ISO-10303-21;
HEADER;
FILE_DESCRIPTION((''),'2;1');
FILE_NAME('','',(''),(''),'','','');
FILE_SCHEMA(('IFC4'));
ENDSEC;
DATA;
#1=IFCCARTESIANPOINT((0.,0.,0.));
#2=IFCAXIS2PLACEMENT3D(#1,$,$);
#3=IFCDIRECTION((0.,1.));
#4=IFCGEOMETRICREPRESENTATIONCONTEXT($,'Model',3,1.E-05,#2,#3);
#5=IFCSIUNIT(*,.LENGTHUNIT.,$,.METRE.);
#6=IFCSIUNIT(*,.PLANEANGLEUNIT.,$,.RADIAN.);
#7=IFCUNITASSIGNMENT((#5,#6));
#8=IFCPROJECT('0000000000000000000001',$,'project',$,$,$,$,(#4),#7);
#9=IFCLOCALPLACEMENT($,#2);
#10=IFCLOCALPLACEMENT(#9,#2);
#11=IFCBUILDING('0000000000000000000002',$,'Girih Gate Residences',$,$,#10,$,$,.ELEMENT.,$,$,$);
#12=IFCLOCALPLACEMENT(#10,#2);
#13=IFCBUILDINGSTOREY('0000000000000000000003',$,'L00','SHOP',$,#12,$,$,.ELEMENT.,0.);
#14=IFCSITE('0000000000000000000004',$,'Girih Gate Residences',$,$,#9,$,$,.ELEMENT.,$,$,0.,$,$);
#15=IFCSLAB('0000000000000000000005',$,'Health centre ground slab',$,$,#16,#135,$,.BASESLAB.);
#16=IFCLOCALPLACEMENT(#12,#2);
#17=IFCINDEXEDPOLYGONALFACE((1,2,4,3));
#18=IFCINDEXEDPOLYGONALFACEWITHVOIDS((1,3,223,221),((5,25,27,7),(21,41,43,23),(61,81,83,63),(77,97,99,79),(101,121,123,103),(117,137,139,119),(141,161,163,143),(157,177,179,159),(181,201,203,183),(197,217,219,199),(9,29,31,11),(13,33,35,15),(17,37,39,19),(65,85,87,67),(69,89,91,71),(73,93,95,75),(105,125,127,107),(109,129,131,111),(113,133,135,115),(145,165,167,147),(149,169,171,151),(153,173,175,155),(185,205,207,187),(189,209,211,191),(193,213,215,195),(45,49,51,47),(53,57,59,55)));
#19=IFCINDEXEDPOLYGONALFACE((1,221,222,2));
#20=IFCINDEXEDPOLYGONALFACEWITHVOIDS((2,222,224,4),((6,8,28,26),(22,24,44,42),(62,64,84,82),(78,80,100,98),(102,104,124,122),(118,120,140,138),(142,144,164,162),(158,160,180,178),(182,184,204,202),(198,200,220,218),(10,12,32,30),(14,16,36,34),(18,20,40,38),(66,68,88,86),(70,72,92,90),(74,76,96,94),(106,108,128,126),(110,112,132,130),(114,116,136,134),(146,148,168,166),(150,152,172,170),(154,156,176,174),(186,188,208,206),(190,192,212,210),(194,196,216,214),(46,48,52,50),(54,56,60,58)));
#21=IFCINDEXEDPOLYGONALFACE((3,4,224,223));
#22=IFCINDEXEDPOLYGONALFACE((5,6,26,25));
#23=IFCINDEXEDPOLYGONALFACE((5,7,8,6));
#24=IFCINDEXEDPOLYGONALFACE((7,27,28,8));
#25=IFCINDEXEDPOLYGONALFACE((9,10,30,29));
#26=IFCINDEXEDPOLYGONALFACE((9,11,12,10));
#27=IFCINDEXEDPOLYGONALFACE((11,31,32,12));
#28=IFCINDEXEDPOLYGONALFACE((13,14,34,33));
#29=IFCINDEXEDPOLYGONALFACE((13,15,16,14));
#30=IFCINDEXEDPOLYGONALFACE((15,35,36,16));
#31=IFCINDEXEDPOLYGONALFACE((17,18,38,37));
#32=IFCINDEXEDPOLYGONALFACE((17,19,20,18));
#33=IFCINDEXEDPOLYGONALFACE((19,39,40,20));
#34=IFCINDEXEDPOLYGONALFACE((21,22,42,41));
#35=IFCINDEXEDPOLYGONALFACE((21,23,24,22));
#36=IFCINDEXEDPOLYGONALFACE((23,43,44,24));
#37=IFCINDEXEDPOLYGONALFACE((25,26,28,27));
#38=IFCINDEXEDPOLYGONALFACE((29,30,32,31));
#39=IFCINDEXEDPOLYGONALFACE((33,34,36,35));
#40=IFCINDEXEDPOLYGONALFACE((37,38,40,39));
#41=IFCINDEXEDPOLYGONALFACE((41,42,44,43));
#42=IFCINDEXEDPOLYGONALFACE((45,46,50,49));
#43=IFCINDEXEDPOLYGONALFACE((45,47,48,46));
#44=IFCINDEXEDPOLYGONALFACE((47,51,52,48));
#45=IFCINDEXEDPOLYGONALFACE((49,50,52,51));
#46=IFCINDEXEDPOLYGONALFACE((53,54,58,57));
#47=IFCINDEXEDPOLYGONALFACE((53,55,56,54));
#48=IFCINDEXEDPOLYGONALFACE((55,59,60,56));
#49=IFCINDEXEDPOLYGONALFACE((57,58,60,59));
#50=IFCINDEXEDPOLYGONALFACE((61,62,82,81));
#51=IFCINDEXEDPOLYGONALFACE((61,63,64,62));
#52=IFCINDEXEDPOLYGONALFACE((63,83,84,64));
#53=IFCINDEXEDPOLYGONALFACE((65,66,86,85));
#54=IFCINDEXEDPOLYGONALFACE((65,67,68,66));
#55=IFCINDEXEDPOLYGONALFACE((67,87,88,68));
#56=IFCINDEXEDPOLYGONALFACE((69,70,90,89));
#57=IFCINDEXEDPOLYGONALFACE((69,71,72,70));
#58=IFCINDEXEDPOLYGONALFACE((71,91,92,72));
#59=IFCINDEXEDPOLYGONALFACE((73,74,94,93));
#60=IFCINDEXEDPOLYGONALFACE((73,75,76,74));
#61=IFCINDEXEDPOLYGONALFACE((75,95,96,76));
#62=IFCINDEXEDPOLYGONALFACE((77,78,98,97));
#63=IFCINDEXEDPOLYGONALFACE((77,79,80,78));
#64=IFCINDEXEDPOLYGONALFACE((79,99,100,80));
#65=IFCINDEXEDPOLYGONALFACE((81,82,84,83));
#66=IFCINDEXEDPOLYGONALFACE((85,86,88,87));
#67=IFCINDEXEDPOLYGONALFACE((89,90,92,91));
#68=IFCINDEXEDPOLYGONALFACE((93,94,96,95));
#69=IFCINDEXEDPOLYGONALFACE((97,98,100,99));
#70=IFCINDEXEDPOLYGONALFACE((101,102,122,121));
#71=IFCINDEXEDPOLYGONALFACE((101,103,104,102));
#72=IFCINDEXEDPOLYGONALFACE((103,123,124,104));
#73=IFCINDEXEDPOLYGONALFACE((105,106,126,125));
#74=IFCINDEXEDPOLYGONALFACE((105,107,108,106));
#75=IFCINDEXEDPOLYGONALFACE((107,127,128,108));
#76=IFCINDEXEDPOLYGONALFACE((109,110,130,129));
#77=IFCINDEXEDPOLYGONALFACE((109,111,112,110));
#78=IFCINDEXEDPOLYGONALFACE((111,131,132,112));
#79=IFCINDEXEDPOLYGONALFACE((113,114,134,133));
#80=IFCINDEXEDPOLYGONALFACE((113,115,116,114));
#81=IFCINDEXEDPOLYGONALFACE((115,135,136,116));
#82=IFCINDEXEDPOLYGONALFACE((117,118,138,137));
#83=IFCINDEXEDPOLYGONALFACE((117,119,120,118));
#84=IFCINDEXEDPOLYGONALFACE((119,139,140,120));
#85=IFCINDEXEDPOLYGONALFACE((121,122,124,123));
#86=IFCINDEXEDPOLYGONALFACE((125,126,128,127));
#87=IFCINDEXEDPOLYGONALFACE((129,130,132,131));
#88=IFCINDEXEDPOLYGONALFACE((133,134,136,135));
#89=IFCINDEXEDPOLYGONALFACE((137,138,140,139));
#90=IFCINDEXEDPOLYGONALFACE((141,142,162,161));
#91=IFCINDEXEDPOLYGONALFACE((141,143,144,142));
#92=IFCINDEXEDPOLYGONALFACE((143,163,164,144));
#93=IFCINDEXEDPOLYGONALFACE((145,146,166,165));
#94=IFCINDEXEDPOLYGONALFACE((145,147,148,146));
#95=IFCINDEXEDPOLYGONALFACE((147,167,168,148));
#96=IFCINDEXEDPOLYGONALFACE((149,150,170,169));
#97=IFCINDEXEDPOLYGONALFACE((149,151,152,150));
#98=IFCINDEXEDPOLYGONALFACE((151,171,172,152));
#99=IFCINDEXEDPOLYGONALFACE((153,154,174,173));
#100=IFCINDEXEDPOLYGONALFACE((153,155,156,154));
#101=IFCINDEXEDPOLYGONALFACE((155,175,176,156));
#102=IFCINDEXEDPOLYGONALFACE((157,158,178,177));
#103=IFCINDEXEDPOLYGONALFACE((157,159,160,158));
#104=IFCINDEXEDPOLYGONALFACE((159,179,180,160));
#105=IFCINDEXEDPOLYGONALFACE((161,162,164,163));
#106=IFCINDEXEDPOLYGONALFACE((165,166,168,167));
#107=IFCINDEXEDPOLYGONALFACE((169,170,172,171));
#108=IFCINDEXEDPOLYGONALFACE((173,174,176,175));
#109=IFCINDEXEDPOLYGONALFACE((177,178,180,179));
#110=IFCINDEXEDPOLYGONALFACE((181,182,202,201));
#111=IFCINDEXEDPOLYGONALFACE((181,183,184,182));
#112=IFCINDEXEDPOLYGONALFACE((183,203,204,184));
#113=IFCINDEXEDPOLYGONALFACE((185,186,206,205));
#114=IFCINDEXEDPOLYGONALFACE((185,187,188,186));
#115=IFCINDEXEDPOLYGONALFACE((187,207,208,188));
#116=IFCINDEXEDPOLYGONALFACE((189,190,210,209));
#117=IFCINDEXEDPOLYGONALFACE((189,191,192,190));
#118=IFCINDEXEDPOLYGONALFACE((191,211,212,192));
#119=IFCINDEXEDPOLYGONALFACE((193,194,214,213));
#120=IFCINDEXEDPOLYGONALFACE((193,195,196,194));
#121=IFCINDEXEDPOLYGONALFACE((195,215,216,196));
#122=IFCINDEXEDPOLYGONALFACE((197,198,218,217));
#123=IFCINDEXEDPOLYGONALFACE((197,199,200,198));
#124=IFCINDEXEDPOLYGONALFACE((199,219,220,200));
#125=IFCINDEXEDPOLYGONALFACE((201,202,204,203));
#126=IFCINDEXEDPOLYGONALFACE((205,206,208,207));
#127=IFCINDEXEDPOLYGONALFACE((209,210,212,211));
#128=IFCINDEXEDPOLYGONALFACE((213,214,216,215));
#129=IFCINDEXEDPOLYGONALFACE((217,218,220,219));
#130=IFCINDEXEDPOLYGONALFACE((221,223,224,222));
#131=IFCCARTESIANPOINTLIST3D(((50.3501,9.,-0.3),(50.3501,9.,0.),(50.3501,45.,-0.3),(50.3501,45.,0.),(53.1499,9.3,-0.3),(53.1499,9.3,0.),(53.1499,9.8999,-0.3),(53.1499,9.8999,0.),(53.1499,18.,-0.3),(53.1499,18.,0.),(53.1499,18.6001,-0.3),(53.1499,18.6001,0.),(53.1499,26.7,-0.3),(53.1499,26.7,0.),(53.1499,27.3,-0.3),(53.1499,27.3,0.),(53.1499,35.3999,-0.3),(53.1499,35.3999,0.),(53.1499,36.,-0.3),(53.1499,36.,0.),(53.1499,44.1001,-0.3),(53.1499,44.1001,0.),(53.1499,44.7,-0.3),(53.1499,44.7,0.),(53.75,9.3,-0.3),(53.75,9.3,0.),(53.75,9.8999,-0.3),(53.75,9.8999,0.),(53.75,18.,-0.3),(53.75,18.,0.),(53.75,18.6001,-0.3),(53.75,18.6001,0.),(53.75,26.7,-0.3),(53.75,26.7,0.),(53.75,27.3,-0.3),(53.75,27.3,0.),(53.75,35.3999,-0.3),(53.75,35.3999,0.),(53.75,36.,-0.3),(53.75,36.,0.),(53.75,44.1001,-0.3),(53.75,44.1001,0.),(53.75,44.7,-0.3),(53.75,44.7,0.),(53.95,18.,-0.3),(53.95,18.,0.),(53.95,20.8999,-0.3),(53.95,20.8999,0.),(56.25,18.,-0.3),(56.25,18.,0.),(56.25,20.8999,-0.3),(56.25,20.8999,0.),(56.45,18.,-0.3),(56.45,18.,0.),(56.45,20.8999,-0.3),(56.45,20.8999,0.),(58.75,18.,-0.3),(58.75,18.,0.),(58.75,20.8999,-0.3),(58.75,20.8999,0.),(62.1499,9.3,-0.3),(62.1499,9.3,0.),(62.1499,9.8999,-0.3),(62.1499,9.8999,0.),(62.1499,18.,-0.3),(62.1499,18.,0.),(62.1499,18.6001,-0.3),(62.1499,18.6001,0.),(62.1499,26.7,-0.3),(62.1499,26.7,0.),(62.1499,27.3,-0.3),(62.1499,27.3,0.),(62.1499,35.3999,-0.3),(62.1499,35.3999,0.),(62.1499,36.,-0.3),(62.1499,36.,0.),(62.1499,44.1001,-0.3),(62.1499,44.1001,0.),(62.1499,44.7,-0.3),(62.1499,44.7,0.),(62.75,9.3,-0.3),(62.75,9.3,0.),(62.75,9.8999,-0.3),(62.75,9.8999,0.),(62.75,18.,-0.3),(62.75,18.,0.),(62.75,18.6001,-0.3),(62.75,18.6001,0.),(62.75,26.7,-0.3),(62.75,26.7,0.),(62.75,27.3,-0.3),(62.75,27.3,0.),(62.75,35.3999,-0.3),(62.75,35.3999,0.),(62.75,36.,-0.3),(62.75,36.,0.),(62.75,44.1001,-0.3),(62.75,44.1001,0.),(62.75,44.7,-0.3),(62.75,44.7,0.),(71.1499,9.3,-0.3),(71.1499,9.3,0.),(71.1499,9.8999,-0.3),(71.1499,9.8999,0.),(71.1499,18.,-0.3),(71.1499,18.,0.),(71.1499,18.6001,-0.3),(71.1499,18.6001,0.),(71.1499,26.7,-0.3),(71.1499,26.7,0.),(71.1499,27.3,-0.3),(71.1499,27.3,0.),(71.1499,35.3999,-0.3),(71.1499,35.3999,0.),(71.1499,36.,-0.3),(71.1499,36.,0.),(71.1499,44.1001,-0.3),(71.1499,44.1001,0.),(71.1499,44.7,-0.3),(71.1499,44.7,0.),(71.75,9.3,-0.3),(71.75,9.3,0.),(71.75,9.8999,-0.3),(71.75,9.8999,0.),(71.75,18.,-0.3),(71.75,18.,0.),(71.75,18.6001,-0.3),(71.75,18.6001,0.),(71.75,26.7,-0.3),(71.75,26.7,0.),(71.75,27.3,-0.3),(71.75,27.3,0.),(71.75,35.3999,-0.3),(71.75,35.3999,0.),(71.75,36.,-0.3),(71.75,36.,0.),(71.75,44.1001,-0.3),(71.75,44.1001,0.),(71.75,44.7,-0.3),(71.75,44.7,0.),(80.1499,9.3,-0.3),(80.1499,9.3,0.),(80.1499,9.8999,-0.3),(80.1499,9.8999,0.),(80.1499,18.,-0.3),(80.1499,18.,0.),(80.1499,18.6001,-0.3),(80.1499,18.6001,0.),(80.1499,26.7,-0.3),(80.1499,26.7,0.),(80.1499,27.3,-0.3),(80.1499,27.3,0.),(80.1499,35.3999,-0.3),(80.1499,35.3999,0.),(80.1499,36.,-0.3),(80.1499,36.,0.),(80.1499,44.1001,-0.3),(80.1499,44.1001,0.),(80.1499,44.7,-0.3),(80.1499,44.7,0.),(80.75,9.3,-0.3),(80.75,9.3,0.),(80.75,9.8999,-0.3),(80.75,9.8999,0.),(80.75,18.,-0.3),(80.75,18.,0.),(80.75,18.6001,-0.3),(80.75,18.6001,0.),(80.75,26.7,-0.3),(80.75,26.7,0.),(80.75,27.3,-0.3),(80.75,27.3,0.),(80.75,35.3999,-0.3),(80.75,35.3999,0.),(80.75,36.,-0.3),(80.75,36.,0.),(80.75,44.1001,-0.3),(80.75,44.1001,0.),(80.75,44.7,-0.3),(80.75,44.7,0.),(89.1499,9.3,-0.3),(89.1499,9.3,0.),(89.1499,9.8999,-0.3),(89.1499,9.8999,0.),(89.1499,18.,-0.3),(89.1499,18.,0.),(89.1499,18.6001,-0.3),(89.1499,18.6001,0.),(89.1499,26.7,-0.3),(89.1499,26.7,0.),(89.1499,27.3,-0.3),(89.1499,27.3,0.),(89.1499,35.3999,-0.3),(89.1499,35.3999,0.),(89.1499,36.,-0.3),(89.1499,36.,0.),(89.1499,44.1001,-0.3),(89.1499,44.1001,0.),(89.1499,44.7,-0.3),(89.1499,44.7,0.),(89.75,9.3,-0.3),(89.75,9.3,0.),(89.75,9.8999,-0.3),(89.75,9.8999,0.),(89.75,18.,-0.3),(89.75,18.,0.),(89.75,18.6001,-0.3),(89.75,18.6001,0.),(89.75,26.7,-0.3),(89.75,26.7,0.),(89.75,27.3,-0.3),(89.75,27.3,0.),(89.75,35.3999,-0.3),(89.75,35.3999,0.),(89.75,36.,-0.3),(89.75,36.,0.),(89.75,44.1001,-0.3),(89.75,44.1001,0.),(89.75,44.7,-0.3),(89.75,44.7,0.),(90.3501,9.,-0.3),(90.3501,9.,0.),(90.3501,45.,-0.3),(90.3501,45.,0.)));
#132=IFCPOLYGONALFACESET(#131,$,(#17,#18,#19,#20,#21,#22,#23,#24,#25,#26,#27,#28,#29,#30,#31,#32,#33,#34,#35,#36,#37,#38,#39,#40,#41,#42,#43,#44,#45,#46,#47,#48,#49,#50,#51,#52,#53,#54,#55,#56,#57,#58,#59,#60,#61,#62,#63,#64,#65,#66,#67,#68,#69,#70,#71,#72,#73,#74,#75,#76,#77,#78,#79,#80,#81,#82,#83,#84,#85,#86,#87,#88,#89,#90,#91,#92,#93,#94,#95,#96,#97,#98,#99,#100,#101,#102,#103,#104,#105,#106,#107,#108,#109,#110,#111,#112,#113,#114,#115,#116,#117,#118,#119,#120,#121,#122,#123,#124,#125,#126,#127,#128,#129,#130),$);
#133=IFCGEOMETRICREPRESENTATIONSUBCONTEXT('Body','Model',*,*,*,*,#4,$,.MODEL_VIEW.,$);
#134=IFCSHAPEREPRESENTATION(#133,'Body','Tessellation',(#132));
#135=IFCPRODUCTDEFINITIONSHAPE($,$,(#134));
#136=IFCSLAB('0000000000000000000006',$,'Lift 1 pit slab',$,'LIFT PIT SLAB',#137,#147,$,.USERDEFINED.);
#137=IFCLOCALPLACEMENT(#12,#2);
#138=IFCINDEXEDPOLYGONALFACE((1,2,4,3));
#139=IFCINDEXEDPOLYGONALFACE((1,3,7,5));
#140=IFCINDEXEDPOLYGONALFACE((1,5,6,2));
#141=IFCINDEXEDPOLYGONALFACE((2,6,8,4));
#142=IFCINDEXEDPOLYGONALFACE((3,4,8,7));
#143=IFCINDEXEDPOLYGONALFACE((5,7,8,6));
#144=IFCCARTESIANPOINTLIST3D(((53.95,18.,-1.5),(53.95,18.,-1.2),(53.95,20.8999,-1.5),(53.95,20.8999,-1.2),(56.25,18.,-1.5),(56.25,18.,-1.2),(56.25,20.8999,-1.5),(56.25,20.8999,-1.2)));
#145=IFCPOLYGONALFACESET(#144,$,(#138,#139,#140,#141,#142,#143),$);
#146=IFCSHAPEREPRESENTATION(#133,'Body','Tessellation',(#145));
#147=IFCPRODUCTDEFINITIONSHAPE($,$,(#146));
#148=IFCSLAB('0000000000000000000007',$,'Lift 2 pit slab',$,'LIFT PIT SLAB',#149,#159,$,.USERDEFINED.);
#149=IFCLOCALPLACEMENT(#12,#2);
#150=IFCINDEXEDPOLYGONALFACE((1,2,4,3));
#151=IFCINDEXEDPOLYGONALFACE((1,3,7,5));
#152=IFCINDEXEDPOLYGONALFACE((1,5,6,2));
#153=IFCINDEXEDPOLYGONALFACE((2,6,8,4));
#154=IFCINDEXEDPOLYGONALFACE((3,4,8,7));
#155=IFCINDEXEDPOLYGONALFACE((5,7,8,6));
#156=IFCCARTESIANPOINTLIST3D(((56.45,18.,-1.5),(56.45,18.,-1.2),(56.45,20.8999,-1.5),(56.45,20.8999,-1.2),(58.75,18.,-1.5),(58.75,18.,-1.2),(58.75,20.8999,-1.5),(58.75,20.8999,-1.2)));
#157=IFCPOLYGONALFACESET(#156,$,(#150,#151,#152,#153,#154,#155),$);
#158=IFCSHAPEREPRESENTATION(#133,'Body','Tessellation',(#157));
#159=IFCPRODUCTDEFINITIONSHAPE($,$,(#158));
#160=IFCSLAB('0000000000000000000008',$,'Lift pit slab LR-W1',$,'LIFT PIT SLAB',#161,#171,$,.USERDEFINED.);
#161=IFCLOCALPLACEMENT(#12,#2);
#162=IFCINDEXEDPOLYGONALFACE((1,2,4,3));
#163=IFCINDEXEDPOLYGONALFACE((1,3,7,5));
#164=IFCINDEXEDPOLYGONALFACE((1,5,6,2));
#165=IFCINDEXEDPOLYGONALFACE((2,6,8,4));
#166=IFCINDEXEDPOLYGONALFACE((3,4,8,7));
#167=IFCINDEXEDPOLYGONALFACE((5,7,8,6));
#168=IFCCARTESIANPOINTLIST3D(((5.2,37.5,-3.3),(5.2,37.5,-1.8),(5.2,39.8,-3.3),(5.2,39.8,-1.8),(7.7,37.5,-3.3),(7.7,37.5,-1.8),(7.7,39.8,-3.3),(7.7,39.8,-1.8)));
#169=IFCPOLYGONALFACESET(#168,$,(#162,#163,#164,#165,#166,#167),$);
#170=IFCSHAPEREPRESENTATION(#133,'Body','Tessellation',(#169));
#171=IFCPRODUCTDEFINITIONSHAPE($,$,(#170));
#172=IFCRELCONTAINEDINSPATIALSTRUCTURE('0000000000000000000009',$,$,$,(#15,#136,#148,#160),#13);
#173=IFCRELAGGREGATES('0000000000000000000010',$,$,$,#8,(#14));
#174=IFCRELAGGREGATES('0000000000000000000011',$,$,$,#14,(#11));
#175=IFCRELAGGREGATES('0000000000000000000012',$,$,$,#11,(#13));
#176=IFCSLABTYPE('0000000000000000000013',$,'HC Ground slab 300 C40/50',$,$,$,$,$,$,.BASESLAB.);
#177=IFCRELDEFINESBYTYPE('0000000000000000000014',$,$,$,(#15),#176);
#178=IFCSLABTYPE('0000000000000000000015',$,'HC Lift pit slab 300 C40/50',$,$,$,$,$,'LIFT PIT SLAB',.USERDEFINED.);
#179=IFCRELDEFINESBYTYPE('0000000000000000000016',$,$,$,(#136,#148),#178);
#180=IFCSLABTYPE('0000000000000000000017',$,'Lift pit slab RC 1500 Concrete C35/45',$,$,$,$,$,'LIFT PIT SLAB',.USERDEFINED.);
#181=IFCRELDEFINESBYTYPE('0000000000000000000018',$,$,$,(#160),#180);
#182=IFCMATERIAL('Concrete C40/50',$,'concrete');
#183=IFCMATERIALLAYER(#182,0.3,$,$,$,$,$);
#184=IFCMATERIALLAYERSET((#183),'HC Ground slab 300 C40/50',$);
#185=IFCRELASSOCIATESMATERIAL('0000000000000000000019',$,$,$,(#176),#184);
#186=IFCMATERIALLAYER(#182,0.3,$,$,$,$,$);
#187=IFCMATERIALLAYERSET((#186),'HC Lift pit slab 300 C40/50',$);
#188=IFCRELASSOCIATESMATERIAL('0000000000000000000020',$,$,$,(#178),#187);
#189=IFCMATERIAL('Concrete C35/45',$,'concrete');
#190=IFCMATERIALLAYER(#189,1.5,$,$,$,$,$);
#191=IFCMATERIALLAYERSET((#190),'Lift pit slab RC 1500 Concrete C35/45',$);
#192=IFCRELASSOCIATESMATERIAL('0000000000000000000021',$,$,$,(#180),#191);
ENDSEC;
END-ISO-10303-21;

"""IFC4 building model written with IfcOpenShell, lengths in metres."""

from ifc_helpers import new_model, si_unit, direction, frame, origin, place, context, subcontext, project, spatial, polyline, outline, extrude, material, layer, layer_set, type_object, element, save


model = new_model("IFC4")

# Units and contexts
model_context = context("Model", 3, precision=1e-05, world=origin(), true_north=direction((0.0, 1.0)))
body_context = subcontext(model_context, "Body", "Model", "MODEL_VIEW")
ifc_project = project(units=[si_unit("LENGTHUNIT", "METRE"), si_unit("PLANEANGLEUNIT", "RADIAN")], contexts=[model_context])

# Site, building, storey
site_placement = place(None, origin())
site = spatial("IfcSite", under=ifc_project, at=site_placement, Name="Girih Gate Residences", CompositionType="ELEMENT", RefElevation=0.0)
building_placement = place(site_placement, origin())
building = spatial("IfcBuilding", under=site, at=building_placement, Name="Girih Gate Residences", CompositionType="ELEMENT")
storey_placement = place(building_placement, origin())
storey = spatial("IfcBuildingStorey", under=building, at=storey_placement, Name="L00", Description="SHOP", CompositionType="ELEMENT", Elevation=0.0)

# Shared definitions
ifc_material_1 = material(Name="Concrete C40/50", Category="concrete")
ifc_material_2 = material(Name="Concrete C35/45", Category="concrete")

# Slabs
ifc_layer_1 = layer(ifc_material_1, 0.3)
ifc_layer_set_1 = layer_set([ifc_layer_1], Name="HC Ground slab 300 C40/50")
slab_type_1 = type_object("IfcSlabType", Name="HC Ground slab 300 C40/50", PredefinedType="BASESLAB", material=ifc_layer_set_1)
slab_1_placement = place(storey_placement, frame((0.0, 0.0, -0.3)))
element("IfcSlab", 1, at=slab_1_placement, inside=storey, type_object=slab_type_1, Name="Health centre ground slab", PredefinedType="BASESLAB", context=body_context, shape_type="SweptSolid", body=[
    extrude(outline(polyline([(50.3501, 9.0), (90.3501, 9.0), (90.3501, 45.0), (50.3501, 45.0), (50.3501, 9.0)]), holes=[polyline([(53.1499, 9.3), (53.75, 9.3), (53.75, 9.8999), (53.1499, 9.8999), (53.1499, 9.3)]), polyline([(53.1499, 18.0), (53.75, 18.0), (53.75, 18.6001), (53.1499, 18.6001), (53.1499, 18.0)]), polyline([(53.1499, 26.7), (53.75, 26.7), (53.75, 27.3), (53.1499, 27.3), (53.1499, 26.7)]), polyline([(53.1499, 35.3999), (53.75, 35.3999), (53.75, 36.0), (53.1499, 36.0), (53.1499, 35.3999)]), polyline([(53.1499, 44.1001), (53.75, 44.1001), (53.75, 44.7), (53.1499, 44.7), (53.1499, 44.1001)]), polyline([(62.1499, 9.3), (62.75, 9.3), (62.75, 9.8999), (62.1499, 9.8999), (62.1499, 9.3)]), polyline([(62.1499, 18.0), (62.75, 18.0), (62.75, 18.6001), (62.1499, 18.6001), (62.1499, 18.0)]), polyline([(62.1499, 26.7), (62.75, 26.7), (62.75, 27.3), (62.1499, 27.3), (62.1499, 26.7)]), polyline([(62.1499, 35.3999), (62.75, 35.3999), (62.75, 36.0), (62.1499, 36.0), (62.1499, 35.3999)]), polyline([(62.1499, 44.1001), (62.75, 44.1001), (62.75, 44.7), (62.1499, 44.7), (62.1499, 44.1001)]), polyline([(71.1499, 9.3), (71.75, 9.3), (71.75, 9.8999), (71.1499, 9.8999), (71.1499, 9.3)]), polyline([(71.1499, 18.0), (71.75, 18.0), (71.75, 18.6001), (71.1499, 18.6001), (71.1499, 18.0)]), polyline([(71.1499, 26.7), (71.75, 26.7), (71.75, 27.3), (71.1499, 27.3), (71.1499, 26.7)]), polyline([(71.1499, 35.3999), (71.75, 35.3999), (71.75, 36.0), (71.1499, 36.0), (71.1499, 35.3999)]), polyline([(71.1499, 44.1001), (71.75, 44.1001), (71.75, 44.7), (71.1499, 44.7), (71.1499, 44.1001)]), polyline([(80.1499, 9.3), (80.75, 9.3), (80.75, 9.8999), (80.1499, 9.8999), (80.1499, 9.3)]), polyline([(80.1499, 18.0), (80.75, 18.0), (80.75, 18.6001), (80.1499, 18.6001), (80.1499, 18.0)]), polyline([(80.1499, 26.7), (80.75, 26.7), (80.75, 27.3), (80.1499, 27.3), (80.1499, 26.7)]), polyline([(80.1499, 35.3999), (80.75, 35.3999), (80.75, 36.0), (80.1499, 36.0), (80.1499, 35.3999)]), polyline([(80.1499, 44.1001), (80.75, 44.1001), (80.75, 44.7), (80.1499, 44.7), (80.1499, 44.1001)]), polyline([(89.1499, 9.3), (89.75, 9.3), (89.75, 9.8999), (89.1499, 9.8999), (89.1499, 9.3)]), polyline([(89.1499, 18.0), (89.75, 18.0), (89.75, 18.6001), (89.1499, 18.6001), (89.1499, 18.0)]), polyline([(89.1499, 26.7), (89.75, 26.7), (89.75, 27.3), (89.1499, 27.3), (89.1499, 26.7)]), polyline([(89.1499, 35.3999), (89.75, 35.3999), (89.75, 36.0), (89.1499, 36.0), (89.1499, 35.3999)]), polyline([(89.1499, 44.1001), (89.75, 44.1001), (89.75, 44.7), (89.1499, 44.7), (89.1499, 44.1001)]), polyline([(53.95, 18.0), (56.25, 18.0), (56.25, 20.8999), (53.95, 20.8999), (53.95, 18.0)]), polyline([(56.45, 18.0), (58.75, 18.0), (58.75, 20.8999), (56.45, 20.8999), (56.45, 18.0)])]), origin(), (0.0, 0.0, 1.0), 0.3),
])
ifc_layer_2 = layer(ifc_material_1, 0.3)
ifc_layer_set_2 = layer_set([ifc_layer_2], Name="HC Lift pit slab 300 C40/50")
slab_type_2 = type_object("IfcSlabType", Name="HC Lift pit slab 300 C40/50", ElementType="LIFT PIT SLAB", PredefinedType="USERDEFINED", material=ifc_layer_set_2)
slab_2_placement = place(storey_placement, frame((0.0, 0.0, -1.5)))
element("IfcSlab", 2, at=slab_2_placement, inside=storey, type_object=slab_type_2, Name="Lift 1 pit slab", ObjectType="LIFT PIT SLAB", PredefinedType="USERDEFINED", context=body_context, shape_type="SweptSolid", body=[
    extrude(outline(polyline([(53.95, 18.0), (56.25, 18.0), (56.25, 20.8999), (53.95, 20.8999), (53.95, 18.0)])), origin(), (0.0, 0.0, 1.0), 0.3),
])
slab_3_placement = place(storey_placement, frame((0.0, 0.0, -1.5)))
element("IfcSlab", 3, at=slab_3_placement, inside=storey, type_object=slab_type_2, Name="Lift 2 pit slab", ObjectType="LIFT PIT SLAB", PredefinedType="USERDEFINED", context=body_context, shape_type="SweptSolid", body=[
    extrude(outline(polyline([(56.45, 18.0), (58.75, 18.0), (58.75, 20.8999), (56.45, 20.8999), (56.45, 18.0)])), origin(), (0.0, 0.0, 1.0), 0.3),
])
ifc_layer_3 = layer(ifc_material_2, 1.5)
ifc_layer_set_3 = layer_set([ifc_layer_3], Name="Lift pit slab RC 1500 Concrete C35/45")
slab_type_3 = type_object("IfcSlabType", Name="Lift pit slab RC 1500 Concrete C35/45", ElementType="LIFT PIT SLAB", PredefinedType="USERDEFINED", material=ifc_layer_set_3)
slab_4_placement = place(storey_placement, frame((0.0, 0.0, -3.3)))
element("IfcSlab", 4, at=slab_4_placement, inside=storey, type_object=slab_type_3, Name="Lift pit slab LR-W1", ObjectType="LIFT PIT SLAB", PredefinedType="USERDEFINED", context=body_context, shape_type="SweptSolid", body=[
    extrude(outline(polyline([(5.2, 37.5), (7.7, 37.5), (7.7, 39.8), (5.2, 39.8), (5.2, 37.5)])), origin(), (0.0, 0.0, 1.0), 1.5),
])

save(model, "model.ifc")
